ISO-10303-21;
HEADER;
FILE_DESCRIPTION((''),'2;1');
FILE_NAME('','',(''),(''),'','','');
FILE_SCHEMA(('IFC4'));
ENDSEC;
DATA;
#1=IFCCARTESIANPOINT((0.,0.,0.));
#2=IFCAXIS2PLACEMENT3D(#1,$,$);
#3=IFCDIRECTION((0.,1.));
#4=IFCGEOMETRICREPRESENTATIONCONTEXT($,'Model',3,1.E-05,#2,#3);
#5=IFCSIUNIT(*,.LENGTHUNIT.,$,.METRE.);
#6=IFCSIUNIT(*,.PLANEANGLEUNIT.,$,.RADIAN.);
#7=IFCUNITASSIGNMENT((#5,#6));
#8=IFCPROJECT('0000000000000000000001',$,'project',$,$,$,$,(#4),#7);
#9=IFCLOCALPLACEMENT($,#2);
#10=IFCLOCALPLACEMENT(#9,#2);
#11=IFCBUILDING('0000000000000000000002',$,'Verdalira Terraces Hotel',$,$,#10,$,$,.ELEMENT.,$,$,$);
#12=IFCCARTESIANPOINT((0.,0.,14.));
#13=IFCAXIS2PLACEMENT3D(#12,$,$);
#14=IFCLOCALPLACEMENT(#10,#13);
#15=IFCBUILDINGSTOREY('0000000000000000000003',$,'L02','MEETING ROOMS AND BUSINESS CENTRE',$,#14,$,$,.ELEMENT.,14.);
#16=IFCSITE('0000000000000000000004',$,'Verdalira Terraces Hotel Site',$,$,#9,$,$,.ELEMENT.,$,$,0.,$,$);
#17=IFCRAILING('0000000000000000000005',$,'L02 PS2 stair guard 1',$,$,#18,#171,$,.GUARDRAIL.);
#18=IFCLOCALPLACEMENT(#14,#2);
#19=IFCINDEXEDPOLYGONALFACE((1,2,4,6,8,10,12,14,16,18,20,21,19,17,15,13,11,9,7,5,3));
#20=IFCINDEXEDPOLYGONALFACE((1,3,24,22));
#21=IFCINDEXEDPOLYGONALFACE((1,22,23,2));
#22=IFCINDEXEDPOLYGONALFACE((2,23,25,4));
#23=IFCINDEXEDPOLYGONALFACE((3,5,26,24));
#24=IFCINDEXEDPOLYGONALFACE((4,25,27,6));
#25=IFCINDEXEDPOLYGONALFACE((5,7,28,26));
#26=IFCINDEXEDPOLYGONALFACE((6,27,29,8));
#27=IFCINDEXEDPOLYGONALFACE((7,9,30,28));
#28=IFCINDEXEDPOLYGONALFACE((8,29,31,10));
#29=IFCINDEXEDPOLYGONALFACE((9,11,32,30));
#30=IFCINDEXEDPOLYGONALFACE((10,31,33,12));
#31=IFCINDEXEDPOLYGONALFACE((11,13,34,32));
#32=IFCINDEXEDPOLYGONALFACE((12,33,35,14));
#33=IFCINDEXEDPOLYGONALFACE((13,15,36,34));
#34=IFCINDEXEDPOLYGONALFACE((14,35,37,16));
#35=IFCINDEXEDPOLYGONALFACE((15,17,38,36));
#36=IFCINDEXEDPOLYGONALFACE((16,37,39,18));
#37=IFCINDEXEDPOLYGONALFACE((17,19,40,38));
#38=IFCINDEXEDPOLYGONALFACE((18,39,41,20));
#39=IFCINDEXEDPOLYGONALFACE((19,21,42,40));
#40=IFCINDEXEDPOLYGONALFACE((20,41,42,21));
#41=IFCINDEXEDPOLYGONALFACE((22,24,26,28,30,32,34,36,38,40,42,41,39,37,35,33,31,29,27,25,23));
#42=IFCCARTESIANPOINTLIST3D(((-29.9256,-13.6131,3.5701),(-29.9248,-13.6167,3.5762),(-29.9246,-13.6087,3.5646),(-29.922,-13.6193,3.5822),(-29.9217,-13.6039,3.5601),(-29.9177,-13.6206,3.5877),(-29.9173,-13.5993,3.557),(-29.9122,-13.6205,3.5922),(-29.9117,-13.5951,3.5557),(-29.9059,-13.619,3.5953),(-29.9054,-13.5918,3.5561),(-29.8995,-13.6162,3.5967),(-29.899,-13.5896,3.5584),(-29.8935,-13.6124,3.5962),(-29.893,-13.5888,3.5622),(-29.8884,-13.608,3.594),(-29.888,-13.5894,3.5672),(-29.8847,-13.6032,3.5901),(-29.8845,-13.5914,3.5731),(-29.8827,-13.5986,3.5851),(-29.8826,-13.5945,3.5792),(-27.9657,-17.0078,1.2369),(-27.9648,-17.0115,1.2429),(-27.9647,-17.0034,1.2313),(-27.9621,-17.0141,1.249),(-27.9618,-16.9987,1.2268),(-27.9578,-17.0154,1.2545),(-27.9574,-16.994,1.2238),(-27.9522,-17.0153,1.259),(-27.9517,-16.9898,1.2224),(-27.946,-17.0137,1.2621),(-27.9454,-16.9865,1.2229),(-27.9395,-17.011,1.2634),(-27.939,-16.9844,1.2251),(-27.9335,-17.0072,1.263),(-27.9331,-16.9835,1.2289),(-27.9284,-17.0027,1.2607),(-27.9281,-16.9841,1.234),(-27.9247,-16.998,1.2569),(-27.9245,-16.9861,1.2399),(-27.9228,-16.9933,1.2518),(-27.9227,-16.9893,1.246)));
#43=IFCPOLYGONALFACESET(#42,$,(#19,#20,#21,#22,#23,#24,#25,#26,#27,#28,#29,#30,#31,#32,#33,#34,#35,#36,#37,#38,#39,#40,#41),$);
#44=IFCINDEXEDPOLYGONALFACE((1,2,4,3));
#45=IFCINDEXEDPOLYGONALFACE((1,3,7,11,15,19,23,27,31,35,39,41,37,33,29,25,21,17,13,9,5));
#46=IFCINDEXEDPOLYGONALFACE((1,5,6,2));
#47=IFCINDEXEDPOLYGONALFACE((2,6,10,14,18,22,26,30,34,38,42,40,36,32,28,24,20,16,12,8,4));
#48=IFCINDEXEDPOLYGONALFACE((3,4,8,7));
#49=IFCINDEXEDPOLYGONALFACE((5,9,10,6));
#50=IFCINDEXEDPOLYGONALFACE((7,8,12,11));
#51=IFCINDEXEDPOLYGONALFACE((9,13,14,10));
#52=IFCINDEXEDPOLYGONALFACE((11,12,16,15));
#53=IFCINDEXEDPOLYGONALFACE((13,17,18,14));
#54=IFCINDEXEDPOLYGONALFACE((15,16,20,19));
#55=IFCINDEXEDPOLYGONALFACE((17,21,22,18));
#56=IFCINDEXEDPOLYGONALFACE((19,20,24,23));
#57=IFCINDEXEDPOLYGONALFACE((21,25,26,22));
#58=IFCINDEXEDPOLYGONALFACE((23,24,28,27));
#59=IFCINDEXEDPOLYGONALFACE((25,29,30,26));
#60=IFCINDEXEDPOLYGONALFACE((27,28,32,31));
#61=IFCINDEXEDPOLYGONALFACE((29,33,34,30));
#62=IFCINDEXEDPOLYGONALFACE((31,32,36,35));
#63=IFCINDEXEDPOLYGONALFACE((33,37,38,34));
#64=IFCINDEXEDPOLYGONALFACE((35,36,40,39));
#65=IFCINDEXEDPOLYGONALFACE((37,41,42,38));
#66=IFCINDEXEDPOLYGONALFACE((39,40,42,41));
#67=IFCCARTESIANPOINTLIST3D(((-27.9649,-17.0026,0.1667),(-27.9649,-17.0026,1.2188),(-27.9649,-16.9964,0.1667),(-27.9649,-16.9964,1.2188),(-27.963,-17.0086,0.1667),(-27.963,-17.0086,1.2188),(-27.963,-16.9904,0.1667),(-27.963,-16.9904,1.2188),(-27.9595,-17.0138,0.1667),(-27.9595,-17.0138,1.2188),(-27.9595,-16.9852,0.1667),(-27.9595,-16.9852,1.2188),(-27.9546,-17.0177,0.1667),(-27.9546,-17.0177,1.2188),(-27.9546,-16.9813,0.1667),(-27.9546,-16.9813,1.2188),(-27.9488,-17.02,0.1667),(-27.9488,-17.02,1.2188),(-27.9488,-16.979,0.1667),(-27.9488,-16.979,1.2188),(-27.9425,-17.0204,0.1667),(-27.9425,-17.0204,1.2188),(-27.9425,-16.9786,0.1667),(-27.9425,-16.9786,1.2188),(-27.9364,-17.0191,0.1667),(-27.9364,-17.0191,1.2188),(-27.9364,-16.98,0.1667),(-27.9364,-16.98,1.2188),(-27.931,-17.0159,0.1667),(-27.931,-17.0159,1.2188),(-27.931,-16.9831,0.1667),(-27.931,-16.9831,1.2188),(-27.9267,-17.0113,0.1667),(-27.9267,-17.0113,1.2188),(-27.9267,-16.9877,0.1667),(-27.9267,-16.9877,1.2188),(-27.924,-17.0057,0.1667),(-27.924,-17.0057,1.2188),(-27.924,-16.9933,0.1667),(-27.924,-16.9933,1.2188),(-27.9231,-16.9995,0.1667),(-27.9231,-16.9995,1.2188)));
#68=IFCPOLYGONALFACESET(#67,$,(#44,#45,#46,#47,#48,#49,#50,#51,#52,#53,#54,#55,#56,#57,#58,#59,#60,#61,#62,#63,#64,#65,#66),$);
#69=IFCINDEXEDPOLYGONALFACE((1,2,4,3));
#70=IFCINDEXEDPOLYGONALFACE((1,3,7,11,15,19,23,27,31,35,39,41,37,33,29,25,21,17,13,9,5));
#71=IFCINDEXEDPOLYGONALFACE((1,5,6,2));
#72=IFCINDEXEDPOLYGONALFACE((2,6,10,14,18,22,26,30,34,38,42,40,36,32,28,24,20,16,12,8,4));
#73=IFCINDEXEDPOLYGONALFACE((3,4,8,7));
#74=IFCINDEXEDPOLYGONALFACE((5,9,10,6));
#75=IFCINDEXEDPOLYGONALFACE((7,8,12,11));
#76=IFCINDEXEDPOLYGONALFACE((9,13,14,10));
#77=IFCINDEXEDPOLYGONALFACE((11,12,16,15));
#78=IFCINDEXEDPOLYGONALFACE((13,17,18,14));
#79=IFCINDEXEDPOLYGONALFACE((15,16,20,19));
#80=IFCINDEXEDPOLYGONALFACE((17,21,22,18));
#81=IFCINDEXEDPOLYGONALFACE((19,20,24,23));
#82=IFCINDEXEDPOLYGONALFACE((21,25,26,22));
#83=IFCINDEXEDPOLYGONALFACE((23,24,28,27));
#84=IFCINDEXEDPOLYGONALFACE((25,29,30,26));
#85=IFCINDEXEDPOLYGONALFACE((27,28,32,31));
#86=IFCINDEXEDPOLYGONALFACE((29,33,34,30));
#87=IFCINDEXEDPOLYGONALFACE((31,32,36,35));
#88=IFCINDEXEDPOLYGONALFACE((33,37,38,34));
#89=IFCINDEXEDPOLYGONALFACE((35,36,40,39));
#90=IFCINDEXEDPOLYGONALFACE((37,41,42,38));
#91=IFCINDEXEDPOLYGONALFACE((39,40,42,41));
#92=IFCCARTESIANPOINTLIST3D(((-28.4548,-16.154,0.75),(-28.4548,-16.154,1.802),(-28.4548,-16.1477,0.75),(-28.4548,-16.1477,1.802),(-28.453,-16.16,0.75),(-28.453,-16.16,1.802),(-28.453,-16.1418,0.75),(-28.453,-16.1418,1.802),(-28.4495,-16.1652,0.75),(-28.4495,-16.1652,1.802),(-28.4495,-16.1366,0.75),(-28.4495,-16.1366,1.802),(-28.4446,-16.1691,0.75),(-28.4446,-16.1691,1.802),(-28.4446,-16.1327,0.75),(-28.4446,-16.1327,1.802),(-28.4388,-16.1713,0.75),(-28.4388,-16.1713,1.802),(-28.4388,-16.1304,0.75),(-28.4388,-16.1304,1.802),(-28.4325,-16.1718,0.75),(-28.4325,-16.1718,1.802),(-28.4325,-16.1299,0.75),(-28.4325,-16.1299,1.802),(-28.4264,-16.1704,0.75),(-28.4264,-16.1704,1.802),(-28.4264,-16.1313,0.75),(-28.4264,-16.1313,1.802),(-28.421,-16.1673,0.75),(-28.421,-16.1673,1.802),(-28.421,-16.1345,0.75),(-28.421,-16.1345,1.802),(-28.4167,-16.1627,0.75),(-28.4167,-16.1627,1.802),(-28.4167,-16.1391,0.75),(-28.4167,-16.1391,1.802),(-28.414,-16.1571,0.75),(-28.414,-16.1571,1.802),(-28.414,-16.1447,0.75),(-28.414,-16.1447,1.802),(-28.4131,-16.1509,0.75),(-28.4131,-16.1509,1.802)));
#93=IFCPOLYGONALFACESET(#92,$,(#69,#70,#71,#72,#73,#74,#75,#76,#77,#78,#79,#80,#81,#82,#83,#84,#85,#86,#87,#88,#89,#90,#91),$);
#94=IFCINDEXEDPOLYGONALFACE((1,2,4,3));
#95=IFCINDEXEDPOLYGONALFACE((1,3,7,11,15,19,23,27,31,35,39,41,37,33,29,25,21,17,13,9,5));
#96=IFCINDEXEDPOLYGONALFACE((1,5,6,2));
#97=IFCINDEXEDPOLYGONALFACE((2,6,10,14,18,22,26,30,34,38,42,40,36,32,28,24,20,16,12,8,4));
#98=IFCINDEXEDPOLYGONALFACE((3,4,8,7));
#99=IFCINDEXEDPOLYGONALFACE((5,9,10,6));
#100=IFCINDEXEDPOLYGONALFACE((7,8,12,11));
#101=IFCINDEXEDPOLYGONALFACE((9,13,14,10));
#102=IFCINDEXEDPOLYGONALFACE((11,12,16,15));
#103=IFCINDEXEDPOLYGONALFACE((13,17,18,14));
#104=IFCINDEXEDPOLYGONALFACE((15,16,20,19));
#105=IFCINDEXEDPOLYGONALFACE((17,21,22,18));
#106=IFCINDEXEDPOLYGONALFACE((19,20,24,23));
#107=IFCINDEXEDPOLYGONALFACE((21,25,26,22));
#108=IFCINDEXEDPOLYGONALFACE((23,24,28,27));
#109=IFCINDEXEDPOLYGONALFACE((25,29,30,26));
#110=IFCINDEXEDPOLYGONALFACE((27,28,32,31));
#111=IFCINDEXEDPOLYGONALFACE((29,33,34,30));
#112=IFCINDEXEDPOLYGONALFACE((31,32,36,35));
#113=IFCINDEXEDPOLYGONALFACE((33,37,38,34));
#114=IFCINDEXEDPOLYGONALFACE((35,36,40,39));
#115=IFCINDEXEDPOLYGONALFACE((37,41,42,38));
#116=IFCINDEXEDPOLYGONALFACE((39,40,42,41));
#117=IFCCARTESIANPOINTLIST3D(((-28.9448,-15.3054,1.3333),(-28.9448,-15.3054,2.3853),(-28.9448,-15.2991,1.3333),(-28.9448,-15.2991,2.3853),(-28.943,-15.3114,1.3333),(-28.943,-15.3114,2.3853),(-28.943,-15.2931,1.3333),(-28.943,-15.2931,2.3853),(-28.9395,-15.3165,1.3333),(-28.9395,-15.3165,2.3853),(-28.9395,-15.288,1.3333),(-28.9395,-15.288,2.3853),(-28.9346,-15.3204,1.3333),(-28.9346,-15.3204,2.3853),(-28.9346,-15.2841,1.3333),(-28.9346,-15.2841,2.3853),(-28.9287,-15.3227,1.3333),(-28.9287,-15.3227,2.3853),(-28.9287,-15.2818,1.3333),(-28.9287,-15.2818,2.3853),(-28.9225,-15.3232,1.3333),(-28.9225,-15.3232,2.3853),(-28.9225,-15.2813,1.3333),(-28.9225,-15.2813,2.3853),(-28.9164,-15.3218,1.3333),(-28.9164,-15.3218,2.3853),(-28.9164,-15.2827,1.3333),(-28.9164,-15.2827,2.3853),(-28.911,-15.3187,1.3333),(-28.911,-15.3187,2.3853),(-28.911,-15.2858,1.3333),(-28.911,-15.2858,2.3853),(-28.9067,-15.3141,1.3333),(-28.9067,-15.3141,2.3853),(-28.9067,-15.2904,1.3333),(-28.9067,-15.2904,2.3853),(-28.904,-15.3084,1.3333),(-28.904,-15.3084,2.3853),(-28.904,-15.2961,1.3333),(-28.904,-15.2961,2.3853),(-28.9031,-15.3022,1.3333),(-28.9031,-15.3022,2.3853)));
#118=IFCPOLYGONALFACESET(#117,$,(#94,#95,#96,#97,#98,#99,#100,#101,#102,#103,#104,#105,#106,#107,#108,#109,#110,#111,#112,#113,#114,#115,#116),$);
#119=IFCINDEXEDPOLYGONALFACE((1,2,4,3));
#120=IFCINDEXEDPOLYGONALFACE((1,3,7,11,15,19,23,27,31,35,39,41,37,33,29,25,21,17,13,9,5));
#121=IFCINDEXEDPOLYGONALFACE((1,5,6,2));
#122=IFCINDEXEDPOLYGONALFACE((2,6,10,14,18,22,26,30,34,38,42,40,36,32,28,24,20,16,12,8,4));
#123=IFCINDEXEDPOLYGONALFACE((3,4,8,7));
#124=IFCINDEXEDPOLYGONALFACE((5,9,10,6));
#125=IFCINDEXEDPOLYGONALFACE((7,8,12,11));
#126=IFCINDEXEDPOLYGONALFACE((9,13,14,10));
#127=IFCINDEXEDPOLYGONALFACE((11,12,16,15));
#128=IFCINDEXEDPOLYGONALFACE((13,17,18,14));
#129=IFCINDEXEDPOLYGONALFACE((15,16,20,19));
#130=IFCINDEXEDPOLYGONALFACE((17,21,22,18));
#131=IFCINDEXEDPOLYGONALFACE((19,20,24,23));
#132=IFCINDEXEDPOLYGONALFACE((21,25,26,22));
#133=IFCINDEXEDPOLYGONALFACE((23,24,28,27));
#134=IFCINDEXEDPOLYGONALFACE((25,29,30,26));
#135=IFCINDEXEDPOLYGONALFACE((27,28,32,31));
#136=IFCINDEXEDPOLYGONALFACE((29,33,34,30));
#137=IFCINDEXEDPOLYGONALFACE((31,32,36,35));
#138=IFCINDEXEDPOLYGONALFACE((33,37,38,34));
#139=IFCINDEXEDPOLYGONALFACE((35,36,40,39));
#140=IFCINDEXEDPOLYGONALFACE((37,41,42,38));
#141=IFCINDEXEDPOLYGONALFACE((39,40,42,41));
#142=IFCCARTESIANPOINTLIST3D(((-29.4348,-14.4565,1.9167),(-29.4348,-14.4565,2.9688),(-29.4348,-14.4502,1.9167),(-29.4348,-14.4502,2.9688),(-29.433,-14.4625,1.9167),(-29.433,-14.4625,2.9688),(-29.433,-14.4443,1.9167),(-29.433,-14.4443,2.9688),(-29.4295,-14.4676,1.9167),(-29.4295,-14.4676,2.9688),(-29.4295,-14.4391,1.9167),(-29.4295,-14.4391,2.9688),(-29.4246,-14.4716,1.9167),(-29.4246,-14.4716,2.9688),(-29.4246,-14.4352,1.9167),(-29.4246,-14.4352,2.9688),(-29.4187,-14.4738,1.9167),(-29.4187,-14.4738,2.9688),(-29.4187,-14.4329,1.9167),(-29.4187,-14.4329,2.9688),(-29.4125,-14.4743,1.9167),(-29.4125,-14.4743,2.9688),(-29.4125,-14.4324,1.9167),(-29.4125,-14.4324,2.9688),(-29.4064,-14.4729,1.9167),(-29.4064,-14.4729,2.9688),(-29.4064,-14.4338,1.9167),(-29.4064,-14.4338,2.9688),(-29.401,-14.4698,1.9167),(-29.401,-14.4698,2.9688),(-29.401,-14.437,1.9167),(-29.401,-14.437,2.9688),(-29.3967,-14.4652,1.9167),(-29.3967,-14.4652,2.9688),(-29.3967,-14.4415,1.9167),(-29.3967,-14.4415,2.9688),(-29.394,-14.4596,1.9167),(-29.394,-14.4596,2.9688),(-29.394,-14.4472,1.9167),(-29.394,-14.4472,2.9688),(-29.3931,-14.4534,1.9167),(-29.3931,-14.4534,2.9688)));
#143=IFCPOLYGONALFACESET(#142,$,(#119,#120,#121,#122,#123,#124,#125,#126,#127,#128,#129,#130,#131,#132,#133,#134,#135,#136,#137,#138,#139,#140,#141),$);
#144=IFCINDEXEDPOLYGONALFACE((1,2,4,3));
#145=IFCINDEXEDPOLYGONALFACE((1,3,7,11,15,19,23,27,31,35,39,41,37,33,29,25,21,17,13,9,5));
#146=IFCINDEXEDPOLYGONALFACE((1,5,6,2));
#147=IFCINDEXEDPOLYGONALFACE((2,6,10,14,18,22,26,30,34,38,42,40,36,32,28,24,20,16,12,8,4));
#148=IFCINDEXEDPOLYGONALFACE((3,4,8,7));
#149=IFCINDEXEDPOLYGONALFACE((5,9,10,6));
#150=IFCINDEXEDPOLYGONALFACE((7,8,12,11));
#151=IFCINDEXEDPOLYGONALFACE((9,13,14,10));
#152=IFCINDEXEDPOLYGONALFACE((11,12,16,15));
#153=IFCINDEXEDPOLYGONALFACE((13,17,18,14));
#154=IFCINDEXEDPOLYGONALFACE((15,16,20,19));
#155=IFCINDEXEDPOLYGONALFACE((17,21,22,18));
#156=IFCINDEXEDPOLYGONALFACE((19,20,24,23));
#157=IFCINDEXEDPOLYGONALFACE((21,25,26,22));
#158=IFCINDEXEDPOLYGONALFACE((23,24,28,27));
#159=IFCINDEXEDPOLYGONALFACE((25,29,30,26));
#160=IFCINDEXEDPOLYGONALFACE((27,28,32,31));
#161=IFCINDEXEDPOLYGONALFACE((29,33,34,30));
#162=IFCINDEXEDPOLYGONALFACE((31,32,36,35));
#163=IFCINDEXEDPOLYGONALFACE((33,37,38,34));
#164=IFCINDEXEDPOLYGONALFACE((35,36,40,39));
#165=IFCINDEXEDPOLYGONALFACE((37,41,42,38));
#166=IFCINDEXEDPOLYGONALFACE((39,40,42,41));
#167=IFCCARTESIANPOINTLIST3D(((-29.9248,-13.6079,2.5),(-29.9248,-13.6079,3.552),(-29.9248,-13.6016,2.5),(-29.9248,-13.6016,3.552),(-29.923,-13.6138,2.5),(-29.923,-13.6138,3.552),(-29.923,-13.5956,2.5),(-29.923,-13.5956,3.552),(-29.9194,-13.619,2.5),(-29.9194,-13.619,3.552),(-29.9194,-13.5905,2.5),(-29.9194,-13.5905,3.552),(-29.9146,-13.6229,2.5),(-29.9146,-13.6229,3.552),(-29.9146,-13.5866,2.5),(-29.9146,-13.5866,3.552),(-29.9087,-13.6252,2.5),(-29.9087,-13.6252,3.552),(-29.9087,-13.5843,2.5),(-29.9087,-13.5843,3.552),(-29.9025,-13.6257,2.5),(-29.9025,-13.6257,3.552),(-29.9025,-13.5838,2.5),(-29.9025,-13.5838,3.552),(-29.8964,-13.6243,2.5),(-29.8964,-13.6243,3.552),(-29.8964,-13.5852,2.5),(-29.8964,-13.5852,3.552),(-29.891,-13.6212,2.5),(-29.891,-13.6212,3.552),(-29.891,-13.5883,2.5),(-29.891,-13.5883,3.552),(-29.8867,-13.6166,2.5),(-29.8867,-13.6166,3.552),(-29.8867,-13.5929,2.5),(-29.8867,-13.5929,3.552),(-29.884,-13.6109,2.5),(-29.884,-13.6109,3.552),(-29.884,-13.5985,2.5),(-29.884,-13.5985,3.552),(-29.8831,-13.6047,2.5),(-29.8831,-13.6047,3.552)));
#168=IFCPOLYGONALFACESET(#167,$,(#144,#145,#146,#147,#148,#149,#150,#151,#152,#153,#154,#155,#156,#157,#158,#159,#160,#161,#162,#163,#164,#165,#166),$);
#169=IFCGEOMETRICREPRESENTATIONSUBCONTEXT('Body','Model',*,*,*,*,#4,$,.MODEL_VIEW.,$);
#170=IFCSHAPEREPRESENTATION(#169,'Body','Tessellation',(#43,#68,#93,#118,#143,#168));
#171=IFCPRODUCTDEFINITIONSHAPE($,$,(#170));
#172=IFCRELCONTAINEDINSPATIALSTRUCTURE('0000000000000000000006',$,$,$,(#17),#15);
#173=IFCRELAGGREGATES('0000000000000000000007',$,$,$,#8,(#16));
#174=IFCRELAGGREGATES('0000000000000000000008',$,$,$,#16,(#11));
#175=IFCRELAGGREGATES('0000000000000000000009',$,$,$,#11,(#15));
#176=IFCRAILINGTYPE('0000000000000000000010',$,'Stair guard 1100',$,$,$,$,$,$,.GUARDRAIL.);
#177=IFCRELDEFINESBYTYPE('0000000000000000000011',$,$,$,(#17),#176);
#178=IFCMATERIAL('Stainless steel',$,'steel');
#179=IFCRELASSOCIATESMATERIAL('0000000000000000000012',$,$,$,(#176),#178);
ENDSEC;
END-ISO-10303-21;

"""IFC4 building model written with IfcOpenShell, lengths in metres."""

from ifc_helpers import new_model, si_unit, direction, frame, origin, origin_2d, place, context, subcontext, project, spatial, circle, extrude, material, type_object, element, save


model = new_model("IFC4")

# Units and contexts
model_context = context("Model", 3, precision=1e-05, world=origin(), true_north=direction((0.0, 1.0)))
body_context = subcontext(model_context, "Body", "Model", "MODEL_VIEW")
ifc_project = project(units=[si_unit("LENGTHUNIT", "METRE"), si_unit("PLANEANGLEUNIT", "RADIAN")], contexts=[model_context])

# Site, building, storey
site_placement = place(None, origin())
site = spatial("IfcSite", under=ifc_project, at=site_placement, Name="Verdalira Terraces Hotel Site", CompositionType="ELEMENT", RefElevation=0.0)
building_placement = place(site_placement, origin())
building = spatial("IfcBuilding", under=site, at=building_placement, Name="Verdalira Terraces Hotel", CompositionType="ELEMENT")
storey_placement = place(building_placement, frame((0.0, 0.0, 14.0)))
storey = spatial("IfcBuildingStorey", under=building, at=storey_placement, Name="L02", Description="MEETING ROOMS AND BUSINESS CENTRE", CompositionType="ELEMENT", Elevation=14.0)

# Railing
ifc_material_1 = material(Name="Stainless steel", Category="steel")
railing_type_1 = type_object("IfcRailingType", Name="Stair guard 1100", PredefinedType="GUARDRAIL", material=ifc_material_1)
railing_1_placement = place(storey_placement, frame((-27.9441, -16.9995, 0.1667)))
element("IfcRailing", 1, at=railing_1_placement, inside=storey, type_object=railing_type_1, Name="L02 PS2 stair guard 1", PredefinedType="GUARDRAIL", context=body_context, shape_type="SweptSolid", body=[
    extrude(circle(Radius=0.0239, at=origin_2d()), frame((0.0, 0.0, 1.0762), z_axis=(-0.429646, 0.744175, 0.511476), x_axis=(-0.866027, -0.499997, 0.0)), (0.0, 0.0, 1.0), 4.5618),
    extrude(circle(Radius=0.021, at=origin_2d()), origin(), (0.0, 0.0, 1.0), 1.052),
    extrude(circle(Radius=0.021, at=origin_2d()), frame((-0.49, 0.8486, 0.5833)), (0.0, 0.0, 1.0), 1.052),
    extrude(circle(Radius=0.021, at=origin_2d()), frame((-0.98, 1.6973, 1.1665)), (0.0, 0.0, 1.0), 1.052),
    extrude(circle(Radius=0.021, at=origin_2d()), frame((-1.47, 2.5461, 1.75)), (0.0, 0.0, 1.0), 1.052),
    extrude(circle(Radius=0.021, at=origin_2d()), frame((-1.96, 3.3948, 2.3333)), (0.0, 0.0, 1.0), 1.052),
])

save(model, "model.ifc")
